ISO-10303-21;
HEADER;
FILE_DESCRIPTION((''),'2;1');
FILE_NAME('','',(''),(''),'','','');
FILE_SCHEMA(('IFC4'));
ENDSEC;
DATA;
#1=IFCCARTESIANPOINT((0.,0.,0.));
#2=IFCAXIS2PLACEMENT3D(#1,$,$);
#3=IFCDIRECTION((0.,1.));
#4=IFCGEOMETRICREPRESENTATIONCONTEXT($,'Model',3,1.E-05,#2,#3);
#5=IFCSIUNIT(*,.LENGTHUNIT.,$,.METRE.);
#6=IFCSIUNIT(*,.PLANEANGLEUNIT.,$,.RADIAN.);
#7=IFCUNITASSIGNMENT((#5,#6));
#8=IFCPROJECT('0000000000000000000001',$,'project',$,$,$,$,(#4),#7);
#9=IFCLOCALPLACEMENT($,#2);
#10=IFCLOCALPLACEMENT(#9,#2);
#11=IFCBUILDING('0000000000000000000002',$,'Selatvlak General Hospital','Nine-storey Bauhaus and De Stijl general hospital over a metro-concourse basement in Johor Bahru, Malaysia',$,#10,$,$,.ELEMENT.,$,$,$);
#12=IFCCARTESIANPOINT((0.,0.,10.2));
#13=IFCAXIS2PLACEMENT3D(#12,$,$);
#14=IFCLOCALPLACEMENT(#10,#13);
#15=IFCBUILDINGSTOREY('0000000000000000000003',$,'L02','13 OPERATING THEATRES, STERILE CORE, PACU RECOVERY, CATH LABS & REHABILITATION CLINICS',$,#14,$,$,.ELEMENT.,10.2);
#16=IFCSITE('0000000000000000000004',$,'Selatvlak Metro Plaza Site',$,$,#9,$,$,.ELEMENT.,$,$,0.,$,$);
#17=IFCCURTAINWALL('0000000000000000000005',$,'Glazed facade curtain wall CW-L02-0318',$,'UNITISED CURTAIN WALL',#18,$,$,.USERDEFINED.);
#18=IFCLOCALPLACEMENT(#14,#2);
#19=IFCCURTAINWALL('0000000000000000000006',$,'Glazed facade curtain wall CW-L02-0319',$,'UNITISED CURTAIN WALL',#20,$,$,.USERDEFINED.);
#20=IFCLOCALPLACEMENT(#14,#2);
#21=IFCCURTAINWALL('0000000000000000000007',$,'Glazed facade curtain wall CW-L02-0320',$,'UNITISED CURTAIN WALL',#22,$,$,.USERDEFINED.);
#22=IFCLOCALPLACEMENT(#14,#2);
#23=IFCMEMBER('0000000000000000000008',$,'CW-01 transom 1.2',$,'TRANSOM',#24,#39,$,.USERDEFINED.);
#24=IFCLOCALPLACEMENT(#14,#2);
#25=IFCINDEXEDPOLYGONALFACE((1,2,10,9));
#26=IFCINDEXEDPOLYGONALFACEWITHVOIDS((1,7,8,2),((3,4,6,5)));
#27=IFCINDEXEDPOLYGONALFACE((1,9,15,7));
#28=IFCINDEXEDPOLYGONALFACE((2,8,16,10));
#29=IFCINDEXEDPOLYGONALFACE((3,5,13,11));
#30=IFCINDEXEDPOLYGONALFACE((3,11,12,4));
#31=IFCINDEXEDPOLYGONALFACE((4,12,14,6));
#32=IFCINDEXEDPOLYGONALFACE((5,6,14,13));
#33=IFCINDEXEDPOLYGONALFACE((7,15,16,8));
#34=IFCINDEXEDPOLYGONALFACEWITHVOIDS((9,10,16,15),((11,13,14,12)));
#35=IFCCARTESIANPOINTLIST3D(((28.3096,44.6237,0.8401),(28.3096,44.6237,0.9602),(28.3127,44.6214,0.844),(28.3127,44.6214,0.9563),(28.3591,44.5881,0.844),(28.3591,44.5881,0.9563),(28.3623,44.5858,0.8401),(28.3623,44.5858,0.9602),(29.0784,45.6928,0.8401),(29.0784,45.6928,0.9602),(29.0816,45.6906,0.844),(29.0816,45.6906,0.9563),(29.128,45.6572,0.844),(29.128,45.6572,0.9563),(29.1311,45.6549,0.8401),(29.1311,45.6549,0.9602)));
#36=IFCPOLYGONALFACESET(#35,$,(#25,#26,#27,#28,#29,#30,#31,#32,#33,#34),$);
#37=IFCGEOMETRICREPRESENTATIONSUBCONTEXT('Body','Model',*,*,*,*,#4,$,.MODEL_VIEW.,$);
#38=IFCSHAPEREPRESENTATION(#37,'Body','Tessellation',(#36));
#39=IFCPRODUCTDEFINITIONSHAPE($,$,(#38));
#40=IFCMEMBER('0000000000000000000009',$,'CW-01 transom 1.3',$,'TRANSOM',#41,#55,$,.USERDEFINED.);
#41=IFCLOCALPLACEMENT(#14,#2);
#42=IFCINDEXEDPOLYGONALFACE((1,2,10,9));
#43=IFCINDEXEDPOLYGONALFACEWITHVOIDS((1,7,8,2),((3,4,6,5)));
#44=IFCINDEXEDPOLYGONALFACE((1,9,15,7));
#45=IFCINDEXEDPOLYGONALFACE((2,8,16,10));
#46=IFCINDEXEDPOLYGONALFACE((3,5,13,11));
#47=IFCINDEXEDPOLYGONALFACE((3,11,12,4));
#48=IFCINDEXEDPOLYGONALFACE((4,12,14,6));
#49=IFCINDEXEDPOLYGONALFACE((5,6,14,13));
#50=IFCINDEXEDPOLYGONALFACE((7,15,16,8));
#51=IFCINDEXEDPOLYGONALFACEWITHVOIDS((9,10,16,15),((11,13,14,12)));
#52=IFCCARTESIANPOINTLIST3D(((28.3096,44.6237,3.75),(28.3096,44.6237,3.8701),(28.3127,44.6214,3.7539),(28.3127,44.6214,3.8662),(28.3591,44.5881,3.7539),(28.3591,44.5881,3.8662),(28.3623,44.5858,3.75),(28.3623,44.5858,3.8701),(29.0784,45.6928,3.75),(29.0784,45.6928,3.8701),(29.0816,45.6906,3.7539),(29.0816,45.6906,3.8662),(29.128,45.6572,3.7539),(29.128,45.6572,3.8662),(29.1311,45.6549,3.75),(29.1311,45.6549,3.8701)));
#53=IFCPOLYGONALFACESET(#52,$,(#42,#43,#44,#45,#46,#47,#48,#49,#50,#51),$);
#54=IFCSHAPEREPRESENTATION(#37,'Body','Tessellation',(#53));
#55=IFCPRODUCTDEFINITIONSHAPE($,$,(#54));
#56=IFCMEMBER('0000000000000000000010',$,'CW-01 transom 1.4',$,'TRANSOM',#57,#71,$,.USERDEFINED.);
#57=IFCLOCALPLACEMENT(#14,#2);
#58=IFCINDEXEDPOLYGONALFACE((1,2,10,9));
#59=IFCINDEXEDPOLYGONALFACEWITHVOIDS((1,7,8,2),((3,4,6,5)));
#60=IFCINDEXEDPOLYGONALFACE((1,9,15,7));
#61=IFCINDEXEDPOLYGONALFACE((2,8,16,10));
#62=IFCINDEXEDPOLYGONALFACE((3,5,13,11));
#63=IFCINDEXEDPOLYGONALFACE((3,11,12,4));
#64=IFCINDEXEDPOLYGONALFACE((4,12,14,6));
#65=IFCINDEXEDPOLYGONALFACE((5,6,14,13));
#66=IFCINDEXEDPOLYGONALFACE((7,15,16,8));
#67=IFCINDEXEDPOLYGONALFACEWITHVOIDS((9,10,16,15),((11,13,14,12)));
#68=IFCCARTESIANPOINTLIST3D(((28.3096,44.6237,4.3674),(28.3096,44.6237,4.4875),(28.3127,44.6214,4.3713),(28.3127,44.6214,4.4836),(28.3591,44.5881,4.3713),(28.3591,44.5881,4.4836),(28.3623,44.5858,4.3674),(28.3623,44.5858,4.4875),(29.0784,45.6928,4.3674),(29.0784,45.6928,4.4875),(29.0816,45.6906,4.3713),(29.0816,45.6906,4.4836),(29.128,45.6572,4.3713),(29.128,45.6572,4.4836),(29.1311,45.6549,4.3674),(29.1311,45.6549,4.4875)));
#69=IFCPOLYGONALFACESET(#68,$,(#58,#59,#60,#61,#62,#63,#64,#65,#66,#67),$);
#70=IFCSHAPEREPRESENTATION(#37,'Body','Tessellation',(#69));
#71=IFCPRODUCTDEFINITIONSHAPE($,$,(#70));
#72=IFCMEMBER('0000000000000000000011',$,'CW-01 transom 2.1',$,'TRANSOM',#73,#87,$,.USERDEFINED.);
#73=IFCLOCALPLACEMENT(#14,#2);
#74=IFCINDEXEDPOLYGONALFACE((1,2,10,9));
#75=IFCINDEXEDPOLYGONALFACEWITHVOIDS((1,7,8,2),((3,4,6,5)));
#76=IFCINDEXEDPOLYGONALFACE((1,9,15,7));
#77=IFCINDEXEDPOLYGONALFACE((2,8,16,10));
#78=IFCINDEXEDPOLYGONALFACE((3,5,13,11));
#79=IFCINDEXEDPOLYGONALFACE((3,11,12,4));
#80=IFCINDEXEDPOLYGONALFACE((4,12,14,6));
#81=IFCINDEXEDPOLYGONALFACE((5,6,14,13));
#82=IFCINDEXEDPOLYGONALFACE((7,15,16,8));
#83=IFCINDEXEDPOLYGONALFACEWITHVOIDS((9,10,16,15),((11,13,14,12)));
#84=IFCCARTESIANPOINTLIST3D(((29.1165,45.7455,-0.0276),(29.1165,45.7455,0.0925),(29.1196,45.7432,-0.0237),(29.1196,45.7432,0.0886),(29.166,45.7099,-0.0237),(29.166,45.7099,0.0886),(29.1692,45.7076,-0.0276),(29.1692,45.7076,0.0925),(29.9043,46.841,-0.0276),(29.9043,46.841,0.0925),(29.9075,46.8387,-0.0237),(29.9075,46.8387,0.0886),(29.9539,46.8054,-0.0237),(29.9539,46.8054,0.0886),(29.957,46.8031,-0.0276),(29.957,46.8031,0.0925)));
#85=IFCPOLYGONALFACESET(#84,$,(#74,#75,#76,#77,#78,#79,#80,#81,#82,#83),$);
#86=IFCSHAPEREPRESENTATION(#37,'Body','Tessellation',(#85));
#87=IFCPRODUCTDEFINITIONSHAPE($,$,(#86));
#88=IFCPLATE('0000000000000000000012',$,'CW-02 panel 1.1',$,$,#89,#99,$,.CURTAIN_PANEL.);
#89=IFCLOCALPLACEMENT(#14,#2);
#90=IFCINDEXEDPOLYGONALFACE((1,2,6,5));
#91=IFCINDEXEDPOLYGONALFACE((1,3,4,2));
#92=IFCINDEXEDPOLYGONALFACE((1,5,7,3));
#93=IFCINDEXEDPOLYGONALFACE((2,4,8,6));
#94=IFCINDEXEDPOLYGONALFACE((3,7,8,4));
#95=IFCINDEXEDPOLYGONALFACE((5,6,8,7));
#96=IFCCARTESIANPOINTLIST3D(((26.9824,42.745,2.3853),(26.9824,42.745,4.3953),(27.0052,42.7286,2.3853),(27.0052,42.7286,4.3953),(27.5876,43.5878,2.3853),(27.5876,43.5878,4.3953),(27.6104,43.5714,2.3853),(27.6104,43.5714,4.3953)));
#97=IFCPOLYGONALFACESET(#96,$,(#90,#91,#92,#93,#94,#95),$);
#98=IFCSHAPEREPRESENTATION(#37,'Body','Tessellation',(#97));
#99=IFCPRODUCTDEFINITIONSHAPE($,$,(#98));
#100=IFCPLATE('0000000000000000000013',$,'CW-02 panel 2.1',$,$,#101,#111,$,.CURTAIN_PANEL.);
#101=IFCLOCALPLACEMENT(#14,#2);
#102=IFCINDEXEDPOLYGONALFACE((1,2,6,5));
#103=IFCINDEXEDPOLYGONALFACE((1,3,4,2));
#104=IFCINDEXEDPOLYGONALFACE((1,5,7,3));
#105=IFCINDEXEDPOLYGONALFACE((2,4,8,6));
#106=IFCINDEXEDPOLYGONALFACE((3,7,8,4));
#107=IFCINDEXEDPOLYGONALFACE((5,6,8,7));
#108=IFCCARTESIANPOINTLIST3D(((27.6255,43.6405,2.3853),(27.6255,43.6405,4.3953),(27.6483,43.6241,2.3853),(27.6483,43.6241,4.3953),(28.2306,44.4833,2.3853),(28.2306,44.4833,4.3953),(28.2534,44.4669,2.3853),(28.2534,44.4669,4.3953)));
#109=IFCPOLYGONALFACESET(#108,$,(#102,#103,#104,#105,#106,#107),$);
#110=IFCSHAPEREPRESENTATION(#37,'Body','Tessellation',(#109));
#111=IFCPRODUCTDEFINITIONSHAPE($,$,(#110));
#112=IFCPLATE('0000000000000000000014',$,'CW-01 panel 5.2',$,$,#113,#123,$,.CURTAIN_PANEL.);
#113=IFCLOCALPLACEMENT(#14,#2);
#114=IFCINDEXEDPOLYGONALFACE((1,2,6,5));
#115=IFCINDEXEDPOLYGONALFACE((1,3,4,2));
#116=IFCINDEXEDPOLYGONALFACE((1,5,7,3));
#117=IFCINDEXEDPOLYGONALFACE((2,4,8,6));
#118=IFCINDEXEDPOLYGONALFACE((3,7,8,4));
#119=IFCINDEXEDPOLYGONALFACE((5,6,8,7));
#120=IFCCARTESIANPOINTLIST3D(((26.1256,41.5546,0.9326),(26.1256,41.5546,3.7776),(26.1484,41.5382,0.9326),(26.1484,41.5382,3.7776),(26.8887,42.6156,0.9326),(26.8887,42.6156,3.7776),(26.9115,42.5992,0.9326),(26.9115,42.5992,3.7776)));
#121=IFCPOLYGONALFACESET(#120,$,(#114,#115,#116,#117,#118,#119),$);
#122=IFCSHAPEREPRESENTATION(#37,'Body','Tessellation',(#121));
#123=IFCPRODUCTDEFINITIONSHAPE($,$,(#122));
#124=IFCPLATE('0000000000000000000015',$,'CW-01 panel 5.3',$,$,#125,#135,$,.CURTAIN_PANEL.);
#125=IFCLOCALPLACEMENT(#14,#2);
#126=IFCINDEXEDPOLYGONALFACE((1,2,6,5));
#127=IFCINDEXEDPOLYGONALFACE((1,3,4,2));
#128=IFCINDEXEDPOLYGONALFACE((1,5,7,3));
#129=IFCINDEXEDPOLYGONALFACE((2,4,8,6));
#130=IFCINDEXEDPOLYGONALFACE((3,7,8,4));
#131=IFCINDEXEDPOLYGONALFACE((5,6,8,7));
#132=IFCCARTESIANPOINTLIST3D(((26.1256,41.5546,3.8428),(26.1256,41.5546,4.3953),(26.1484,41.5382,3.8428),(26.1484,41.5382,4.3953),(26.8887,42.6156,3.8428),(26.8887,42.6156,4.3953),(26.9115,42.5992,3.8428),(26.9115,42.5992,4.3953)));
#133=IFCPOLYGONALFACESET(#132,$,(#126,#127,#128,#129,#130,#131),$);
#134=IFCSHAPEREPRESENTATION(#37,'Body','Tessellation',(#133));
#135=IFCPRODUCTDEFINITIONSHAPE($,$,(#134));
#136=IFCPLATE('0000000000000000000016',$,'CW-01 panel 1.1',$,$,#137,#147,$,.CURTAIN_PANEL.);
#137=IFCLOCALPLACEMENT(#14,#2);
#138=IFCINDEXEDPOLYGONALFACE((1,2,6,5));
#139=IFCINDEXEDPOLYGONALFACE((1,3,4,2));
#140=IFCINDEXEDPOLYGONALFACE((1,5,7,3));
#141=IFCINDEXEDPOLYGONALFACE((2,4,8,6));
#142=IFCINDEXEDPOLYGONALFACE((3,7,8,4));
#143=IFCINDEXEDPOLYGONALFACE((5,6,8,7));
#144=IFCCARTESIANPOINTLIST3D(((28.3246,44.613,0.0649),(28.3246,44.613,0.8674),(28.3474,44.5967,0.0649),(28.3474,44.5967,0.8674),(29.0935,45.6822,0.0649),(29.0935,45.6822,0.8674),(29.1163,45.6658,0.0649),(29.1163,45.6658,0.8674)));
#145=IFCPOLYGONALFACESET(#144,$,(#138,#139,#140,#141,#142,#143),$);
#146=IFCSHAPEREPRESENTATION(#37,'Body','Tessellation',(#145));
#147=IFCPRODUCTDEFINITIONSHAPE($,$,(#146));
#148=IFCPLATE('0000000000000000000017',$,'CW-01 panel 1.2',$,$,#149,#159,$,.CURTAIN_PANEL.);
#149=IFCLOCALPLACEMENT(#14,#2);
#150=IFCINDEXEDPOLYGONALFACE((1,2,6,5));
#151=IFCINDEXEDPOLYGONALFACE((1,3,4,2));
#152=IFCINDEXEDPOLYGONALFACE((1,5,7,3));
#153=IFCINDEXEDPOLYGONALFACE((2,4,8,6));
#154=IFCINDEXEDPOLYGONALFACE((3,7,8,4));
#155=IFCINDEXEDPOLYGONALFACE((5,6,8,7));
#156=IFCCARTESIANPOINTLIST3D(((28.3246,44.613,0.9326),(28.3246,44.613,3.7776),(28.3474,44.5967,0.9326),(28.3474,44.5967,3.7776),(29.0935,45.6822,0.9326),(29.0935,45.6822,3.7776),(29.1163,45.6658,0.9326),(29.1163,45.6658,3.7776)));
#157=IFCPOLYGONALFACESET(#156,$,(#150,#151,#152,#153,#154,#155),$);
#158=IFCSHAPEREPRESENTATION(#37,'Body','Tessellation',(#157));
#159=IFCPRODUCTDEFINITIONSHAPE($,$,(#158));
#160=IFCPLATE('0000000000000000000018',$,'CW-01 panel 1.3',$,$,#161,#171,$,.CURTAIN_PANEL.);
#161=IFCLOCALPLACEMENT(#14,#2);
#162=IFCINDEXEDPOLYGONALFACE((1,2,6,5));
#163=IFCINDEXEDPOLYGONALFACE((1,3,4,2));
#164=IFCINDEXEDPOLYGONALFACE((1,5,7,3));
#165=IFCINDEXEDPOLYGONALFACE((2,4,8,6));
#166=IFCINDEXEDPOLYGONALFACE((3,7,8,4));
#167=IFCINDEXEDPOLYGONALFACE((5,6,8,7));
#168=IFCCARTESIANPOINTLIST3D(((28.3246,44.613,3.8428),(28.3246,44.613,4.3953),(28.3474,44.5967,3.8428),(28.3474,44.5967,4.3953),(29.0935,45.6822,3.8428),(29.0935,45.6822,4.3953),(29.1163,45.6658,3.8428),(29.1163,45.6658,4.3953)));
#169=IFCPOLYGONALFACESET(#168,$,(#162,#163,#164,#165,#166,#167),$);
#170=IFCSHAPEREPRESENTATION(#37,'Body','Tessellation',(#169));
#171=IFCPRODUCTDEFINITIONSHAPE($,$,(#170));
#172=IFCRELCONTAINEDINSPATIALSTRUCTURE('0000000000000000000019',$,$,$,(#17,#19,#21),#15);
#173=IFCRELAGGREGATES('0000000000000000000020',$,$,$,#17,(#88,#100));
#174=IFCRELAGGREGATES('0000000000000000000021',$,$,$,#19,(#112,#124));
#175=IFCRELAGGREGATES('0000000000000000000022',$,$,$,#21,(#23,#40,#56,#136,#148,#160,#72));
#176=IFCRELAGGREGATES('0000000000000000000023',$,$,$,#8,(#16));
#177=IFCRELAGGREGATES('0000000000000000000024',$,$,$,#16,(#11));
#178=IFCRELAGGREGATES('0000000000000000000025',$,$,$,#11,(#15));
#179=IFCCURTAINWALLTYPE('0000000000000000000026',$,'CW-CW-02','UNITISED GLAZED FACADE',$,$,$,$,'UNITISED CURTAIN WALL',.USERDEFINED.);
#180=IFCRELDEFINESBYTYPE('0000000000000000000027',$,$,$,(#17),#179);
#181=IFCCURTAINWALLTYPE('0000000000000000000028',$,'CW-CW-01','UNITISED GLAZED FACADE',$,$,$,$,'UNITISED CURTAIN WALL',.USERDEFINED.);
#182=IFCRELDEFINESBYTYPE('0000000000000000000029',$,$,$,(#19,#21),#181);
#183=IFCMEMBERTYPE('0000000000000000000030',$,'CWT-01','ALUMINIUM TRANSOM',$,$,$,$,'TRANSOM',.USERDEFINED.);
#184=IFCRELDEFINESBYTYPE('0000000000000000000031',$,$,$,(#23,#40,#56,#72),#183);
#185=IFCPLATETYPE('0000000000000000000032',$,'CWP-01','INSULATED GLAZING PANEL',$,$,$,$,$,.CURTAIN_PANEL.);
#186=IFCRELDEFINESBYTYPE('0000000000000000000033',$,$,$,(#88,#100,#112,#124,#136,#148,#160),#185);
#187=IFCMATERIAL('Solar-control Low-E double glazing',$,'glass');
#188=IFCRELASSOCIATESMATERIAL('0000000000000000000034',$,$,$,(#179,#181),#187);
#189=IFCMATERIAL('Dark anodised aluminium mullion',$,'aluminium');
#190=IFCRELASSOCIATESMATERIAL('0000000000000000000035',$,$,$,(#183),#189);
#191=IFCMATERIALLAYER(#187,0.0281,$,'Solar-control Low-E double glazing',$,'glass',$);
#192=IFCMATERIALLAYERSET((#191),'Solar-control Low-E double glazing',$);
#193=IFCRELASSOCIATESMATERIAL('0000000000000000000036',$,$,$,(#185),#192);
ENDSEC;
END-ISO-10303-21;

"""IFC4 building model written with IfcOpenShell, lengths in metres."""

from ifc_helpers import new_model, si_unit, direction, frame, origin, origin_2d, place, context, subcontext, project, spatial, rectangle, hollow_rectangle, extrude, material, layer, layer_set, material_profile, profile_set, type_object, element, aggregate, save


model = new_model("IFC4")

# Units and contexts
model_context = context("Model", 3, precision=1e-05, world=origin(), true_north=direction((0.0, 1.0)))
body_context = subcontext(model_context, "Body", "Model", "MODEL_VIEW")
ifc_project = project(units=[si_unit("LENGTHUNIT", "METRE"), si_unit("PLANEANGLEUNIT", "RADIAN")], contexts=[model_context])

# Site, building, storey
site_placement = place(None, origin())
site = spatial("IfcSite", under=ifc_project, at=site_placement, Name="Selatvlak Metro Plaza Site", CompositionType="ELEMENT", RefElevation=0.0)
building_placement = place(site_placement, origin())
building = spatial("IfcBuilding", under=site, at=building_placement, Name="Selatvlak General Hospital", Description="Nine-storey Bauhaus and De Stijl general hospital over a metro-concourse basement in Johor Bahru, Malaysia", CompositionType="ELEMENT")
storey_placement = place(building_placement, frame((0.0, 0.0, 10.2)))
storey = spatial("IfcBuildingStorey", under=building, at=storey_placement, Name="L02", Description="13 OPERATING THEATRES, STERILE CORE, PACU RECOVERY, CATH LABS & REHABILITATION CLINICS", CompositionType="ELEMENT", Elevation=10.2)

# Curtain wall
ifc_material_1 = material(Name="Solar-control Low-E double glazing", Category="glass")
curtain_wall_type_1 = type_object("IfcCurtainWallType", Name="CW-CW-02", Description="UNITISED GLAZED FACADE", ElementType="UNITISED CURTAIN WALL", PredefinedType="USERDEFINED", material=ifc_material_1)
curtain_wall_1_placement = place(storey_placement, origin())
curtain_wall_1 = element("IfcCurtainWall", 1, at=curtain_wall_1_placement, inside=storey, type_object=curtain_wall_type_1, Name="Glazed facade curtain wall CW-L02-0318", ObjectType="UNITISED CURTAIN WALL", PredefinedType="USERDEFINED")
ifc_material_2 = material(Name="Dark anodised aluminium mullion", Category="aluminium")

# Curtain wall
curtain_wall_type_2 = type_object("IfcCurtainWallType", Name="CW-CW-01", Description="UNITISED GLAZED FACADE", ElementType="UNITISED CURTAIN WALL", PredefinedType="USERDEFINED", material=ifc_material_1)
curtain_wall_2_placement = place(storey_placement, origin())
curtain_wall_2 = element("IfcCurtainWall", 2, at=curtain_wall_2_placement, inside=storey, type_object=curtain_wall_type_2, Name="Glazed facade curtain wall CW-L02-0319", ObjectType="UNITISED CURTAIN WALL", PredefinedType="USERDEFINED")

# Curtain wall
curtain_wall_3_placement = place(storey_placement, origin())
curtain_wall_3 = element("IfcCurtainWall", 3, at=curtain_wall_3_placement, inside=storey, type_object=curtain_wall_type_2, Name="Glazed facade curtain wall CW-L02-0320", ObjectType="UNITISED CURTAIN WALL", PredefinedType="USERDEFINED")

# Members
ifc_material_profile_1 = material_profile(ifc_material_2, hollow_rectangle(XDim=0.0649, YDim=0.1201, WallThickness=0.0039, at=origin_2d()), Name="AL-TRN 65x120x4")
ifc_profile_set_1 = profile_set([ifc_material_profile_1], Name="Dark anodised aluminium mullion")
member_type_1 = type_object("IfcMemberType", Name="CWT-01", Description="ALUMINIUM TRANSOM", ElementType="TRANSOM", PredefinedType="USERDEFINED", material=ifc_profile_set_1)
member_1_placement = place(storey_placement, frame((28.3359, 44.6047, 0.9001), z_axis=(0.583831, 0.811875, 0.0), x_axis=(-0.811875, 0.583831, 0.0)))
member_1 = element("IfcMember", 4, at=member_1_placement, type_object=member_type_1, Name="CW-01 transom 1.2", ObjectType="TRANSOM", PredefinedType="USERDEFINED", context=body_context, shape_type="SweptSolid", body=[
    extrude(hollow_rectangle(XDim=0.0649, YDim=0.1201, WallThickness=0.0039, at=origin_2d()), origin(), (0.0, 0.0, 1.0), 1.3169),
])
member_2_placement = place(storey_placement, frame((28.3359, 44.6047, 3.8101), z_axis=(0.583831, 0.811875, 0.0), x_axis=(-0.811875, 0.583831, 0.0)))
member_2 = element("IfcMember", 5, at=member_2_placement, type_object=member_type_1, Name="CW-01 transom 1.3", ObjectType="TRANSOM", PredefinedType="USERDEFINED", context=body_context, shape_type="SweptSolid", body=[
    extrude(hollow_rectangle(XDim=0.0649, YDim=0.1201, WallThickness=0.0039, at=origin_2d()), origin(), (0.0, 0.0, 1.0), 1.3169),
])
member_3_placement = place(storey_placement, frame((28.3359, 44.6047, 4.4275), z_axis=(0.583831, 0.811875, 0.0), x_axis=(-0.811875, 0.583831, 0.0)))
member_3 = element("IfcMember", 6, at=member_3_placement, type_object=member_type_1, Name="CW-01 transom 1.4", ObjectType="TRANSOM", PredefinedType="USERDEFINED", context=body_context, shape_type="SweptSolid", body=[
    extrude(hollow_rectangle(XDim=0.0649, YDim=0.1201, WallThickness=0.0039, at=origin_2d()), origin(), (0.0, 0.0, 1.0), 1.3169),
])
member_4_placement = place(storey_placement, frame((29.1428, 45.7266, 0.0325), z_axis=(0.583871, 0.811847, 0.0), x_axis=(-0.811847, 0.583871, 0.0)))
member_4 = element("IfcMember", 7, at=member_4_placement, type_object=member_type_1, Name="CW-01 transom 2.1", ObjectType="TRANSOM", PredefinedType="USERDEFINED", context=body_context, shape_type="SweptSolid", body=[
    extrude(hollow_rectangle(XDim=0.0649, YDim=0.1201, WallThickness=0.0039, at=origin_2d()), origin(), (0.0, 0.0, 1.0), 1.3494),
])

# Plates
ifc_layer_1 = layer(ifc_material_1, 0.0281, Name="Solar-control Low-E double glazing", Category="glass")
ifc_layer_set_1 = layer_set([ifc_layer_1], Name="Solar-control Low-E double glazing")
plate_type = type_object("IfcPlateType", Name="CWP-01", Description="INSULATED GLAZING PANEL", PredefinedType="CURTAIN_PANEL", material=ifc_layer_set_1)
plate_1_placement = place(storey_placement, frame((27.2964, 43.1582, 2.3853), z_axis=(0.0, 0.0, 1.0), x_axis=(0.583237, 0.812302, 0.0)))
plate_1 = element("IfcPlate", 8, at=plate_1_placement, type_object=plate_type, Name="CW-02 panel 1.1", PredefinedType="CURTAIN_PANEL", context=body_context, shape_type="SweptSolid", body=[
    extrude(rectangle(XDim=1.0376, YDim=0.0281, at=origin_2d()), origin(), (0.0, 0.0, 1.0), 2.01),
])
plate_2_placement = place(storey_placement, frame((27.9395, 44.0537, 2.3853), z_axis=(0.0, 0.0, 1.0), x_axis=(0.583237, 0.812302, 0.0)))
plate_2 = element("IfcPlate", 9, at=plate_2_placement, type_object=plate_type, Name="CW-02 panel 2.1", PredefinedType="CURTAIN_PANEL", context=body_context, shape_type="SweptSolid", body=[
    extrude(rectangle(XDim=1.0376, YDim=0.0281, at=origin_2d()), origin(), (0.0, 0.0, 1.0), 2.01),
])
aggregate(curtain_wall_1, [plate_1, plate_2])
plate_3_placement = place(storey_placement, frame((26.5186, 42.0769, 0.9326), z_axis=(0.0, 0.0, 1.0), x_axis=(0.583929, 0.811804, 0.0)))
plate_3 = element("IfcPlate", 10, at=plate_3_placement, type_object=plate_type, Name="CW-01 panel 5.2", PredefinedType="CURTAIN_PANEL", context=body_context, shape_type="SweptSolid", body=[
    extrude(rectangle(XDim=1.3069, YDim=0.0281, at=origin_2d()), origin(), (0.0, 0.0, 1.0), 2.845),
])
plate_4_placement = place(storey_placement, frame((26.5186, 42.0769, 3.8428), z_axis=(0.0, 0.0, 1.0), x_axis=(0.583929, 0.811804, 0.0)))
plate_4 = element("IfcPlate", 11, at=plate_4_placement, type_object=plate_type, Name="CW-01 panel 5.3", PredefinedType="CURTAIN_PANEL", context=body_context, shape_type="SweptSolid", body=[
    extrude(rectangle(XDim=1.3069, YDim=0.0281, at=origin_2d()), origin(), (0.0, 0.0, 1.0), 0.5525),
])
aggregate(curtain_wall_2, [plate_3, plate_4])
plate_5_placement = place(storey_placement, frame((28.7205, 45.1394, 0.0649), z_axis=(0.0, 0.0, 1.0), x_axis=(0.583884, 0.811837, 0.0)))
plate_5 = element("IfcPlate", 12, at=plate_5_placement, type_object=plate_type, Name="CW-01 panel 1.1", PredefinedType="CURTAIN_PANEL", context=body_context, shape_type="SweptSolid", body=[
    extrude(rectangle(XDim=1.3169, YDim=0.0281, at=origin_2d()), origin(), (0.0, 0.0, 1.0), 0.8025),
])
plate_6_placement = place(storey_placement, frame((28.7205, 45.1394, 0.9326), z_axis=(0.0, 0.0, 1.0), x_axis=(0.583884, 0.811837, 0.0)))
plate_6 = element("IfcPlate", 13, at=plate_6_placement, type_object=plate_type, Name="CW-01 panel 1.2", PredefinedType="CURTAIN_PANEL", context=body_context, shape_type="SweptSolid", body=[
    extrude(rectangle(XDim=1.3169, YDim=0.0281, at=origin_2d()), origin(), (0.0, 0.0, 1.0), 2.845),
])
plate_7_placement = place(storey_placement, frame((28.7205, 45.1394, 3.8428), z_axis=(0.0, 0.0, 1.0), x_axis=(0.583884, 0.811837, 0.0)))
plate_7 = element("IfcPlate", 14, at=plate_7_placement, type_object=plate_type, Name="CW-01 panel 1.3", PredefinedType="CURTAIN_PANEL", context=body_context, shape_type="SweptSolid", body=[
    extrude(rectangle(XDim=1.3169, YDim=0.0281, at=origin_2d()), origin(), (0.0, 0.0, 1.0), 0.5525),
])
aggregate(curtain_wall_3, [member_1, member_2, member_3, plate_5, plate_6, plate_7, member_4])

save(model, "model.ifc")
